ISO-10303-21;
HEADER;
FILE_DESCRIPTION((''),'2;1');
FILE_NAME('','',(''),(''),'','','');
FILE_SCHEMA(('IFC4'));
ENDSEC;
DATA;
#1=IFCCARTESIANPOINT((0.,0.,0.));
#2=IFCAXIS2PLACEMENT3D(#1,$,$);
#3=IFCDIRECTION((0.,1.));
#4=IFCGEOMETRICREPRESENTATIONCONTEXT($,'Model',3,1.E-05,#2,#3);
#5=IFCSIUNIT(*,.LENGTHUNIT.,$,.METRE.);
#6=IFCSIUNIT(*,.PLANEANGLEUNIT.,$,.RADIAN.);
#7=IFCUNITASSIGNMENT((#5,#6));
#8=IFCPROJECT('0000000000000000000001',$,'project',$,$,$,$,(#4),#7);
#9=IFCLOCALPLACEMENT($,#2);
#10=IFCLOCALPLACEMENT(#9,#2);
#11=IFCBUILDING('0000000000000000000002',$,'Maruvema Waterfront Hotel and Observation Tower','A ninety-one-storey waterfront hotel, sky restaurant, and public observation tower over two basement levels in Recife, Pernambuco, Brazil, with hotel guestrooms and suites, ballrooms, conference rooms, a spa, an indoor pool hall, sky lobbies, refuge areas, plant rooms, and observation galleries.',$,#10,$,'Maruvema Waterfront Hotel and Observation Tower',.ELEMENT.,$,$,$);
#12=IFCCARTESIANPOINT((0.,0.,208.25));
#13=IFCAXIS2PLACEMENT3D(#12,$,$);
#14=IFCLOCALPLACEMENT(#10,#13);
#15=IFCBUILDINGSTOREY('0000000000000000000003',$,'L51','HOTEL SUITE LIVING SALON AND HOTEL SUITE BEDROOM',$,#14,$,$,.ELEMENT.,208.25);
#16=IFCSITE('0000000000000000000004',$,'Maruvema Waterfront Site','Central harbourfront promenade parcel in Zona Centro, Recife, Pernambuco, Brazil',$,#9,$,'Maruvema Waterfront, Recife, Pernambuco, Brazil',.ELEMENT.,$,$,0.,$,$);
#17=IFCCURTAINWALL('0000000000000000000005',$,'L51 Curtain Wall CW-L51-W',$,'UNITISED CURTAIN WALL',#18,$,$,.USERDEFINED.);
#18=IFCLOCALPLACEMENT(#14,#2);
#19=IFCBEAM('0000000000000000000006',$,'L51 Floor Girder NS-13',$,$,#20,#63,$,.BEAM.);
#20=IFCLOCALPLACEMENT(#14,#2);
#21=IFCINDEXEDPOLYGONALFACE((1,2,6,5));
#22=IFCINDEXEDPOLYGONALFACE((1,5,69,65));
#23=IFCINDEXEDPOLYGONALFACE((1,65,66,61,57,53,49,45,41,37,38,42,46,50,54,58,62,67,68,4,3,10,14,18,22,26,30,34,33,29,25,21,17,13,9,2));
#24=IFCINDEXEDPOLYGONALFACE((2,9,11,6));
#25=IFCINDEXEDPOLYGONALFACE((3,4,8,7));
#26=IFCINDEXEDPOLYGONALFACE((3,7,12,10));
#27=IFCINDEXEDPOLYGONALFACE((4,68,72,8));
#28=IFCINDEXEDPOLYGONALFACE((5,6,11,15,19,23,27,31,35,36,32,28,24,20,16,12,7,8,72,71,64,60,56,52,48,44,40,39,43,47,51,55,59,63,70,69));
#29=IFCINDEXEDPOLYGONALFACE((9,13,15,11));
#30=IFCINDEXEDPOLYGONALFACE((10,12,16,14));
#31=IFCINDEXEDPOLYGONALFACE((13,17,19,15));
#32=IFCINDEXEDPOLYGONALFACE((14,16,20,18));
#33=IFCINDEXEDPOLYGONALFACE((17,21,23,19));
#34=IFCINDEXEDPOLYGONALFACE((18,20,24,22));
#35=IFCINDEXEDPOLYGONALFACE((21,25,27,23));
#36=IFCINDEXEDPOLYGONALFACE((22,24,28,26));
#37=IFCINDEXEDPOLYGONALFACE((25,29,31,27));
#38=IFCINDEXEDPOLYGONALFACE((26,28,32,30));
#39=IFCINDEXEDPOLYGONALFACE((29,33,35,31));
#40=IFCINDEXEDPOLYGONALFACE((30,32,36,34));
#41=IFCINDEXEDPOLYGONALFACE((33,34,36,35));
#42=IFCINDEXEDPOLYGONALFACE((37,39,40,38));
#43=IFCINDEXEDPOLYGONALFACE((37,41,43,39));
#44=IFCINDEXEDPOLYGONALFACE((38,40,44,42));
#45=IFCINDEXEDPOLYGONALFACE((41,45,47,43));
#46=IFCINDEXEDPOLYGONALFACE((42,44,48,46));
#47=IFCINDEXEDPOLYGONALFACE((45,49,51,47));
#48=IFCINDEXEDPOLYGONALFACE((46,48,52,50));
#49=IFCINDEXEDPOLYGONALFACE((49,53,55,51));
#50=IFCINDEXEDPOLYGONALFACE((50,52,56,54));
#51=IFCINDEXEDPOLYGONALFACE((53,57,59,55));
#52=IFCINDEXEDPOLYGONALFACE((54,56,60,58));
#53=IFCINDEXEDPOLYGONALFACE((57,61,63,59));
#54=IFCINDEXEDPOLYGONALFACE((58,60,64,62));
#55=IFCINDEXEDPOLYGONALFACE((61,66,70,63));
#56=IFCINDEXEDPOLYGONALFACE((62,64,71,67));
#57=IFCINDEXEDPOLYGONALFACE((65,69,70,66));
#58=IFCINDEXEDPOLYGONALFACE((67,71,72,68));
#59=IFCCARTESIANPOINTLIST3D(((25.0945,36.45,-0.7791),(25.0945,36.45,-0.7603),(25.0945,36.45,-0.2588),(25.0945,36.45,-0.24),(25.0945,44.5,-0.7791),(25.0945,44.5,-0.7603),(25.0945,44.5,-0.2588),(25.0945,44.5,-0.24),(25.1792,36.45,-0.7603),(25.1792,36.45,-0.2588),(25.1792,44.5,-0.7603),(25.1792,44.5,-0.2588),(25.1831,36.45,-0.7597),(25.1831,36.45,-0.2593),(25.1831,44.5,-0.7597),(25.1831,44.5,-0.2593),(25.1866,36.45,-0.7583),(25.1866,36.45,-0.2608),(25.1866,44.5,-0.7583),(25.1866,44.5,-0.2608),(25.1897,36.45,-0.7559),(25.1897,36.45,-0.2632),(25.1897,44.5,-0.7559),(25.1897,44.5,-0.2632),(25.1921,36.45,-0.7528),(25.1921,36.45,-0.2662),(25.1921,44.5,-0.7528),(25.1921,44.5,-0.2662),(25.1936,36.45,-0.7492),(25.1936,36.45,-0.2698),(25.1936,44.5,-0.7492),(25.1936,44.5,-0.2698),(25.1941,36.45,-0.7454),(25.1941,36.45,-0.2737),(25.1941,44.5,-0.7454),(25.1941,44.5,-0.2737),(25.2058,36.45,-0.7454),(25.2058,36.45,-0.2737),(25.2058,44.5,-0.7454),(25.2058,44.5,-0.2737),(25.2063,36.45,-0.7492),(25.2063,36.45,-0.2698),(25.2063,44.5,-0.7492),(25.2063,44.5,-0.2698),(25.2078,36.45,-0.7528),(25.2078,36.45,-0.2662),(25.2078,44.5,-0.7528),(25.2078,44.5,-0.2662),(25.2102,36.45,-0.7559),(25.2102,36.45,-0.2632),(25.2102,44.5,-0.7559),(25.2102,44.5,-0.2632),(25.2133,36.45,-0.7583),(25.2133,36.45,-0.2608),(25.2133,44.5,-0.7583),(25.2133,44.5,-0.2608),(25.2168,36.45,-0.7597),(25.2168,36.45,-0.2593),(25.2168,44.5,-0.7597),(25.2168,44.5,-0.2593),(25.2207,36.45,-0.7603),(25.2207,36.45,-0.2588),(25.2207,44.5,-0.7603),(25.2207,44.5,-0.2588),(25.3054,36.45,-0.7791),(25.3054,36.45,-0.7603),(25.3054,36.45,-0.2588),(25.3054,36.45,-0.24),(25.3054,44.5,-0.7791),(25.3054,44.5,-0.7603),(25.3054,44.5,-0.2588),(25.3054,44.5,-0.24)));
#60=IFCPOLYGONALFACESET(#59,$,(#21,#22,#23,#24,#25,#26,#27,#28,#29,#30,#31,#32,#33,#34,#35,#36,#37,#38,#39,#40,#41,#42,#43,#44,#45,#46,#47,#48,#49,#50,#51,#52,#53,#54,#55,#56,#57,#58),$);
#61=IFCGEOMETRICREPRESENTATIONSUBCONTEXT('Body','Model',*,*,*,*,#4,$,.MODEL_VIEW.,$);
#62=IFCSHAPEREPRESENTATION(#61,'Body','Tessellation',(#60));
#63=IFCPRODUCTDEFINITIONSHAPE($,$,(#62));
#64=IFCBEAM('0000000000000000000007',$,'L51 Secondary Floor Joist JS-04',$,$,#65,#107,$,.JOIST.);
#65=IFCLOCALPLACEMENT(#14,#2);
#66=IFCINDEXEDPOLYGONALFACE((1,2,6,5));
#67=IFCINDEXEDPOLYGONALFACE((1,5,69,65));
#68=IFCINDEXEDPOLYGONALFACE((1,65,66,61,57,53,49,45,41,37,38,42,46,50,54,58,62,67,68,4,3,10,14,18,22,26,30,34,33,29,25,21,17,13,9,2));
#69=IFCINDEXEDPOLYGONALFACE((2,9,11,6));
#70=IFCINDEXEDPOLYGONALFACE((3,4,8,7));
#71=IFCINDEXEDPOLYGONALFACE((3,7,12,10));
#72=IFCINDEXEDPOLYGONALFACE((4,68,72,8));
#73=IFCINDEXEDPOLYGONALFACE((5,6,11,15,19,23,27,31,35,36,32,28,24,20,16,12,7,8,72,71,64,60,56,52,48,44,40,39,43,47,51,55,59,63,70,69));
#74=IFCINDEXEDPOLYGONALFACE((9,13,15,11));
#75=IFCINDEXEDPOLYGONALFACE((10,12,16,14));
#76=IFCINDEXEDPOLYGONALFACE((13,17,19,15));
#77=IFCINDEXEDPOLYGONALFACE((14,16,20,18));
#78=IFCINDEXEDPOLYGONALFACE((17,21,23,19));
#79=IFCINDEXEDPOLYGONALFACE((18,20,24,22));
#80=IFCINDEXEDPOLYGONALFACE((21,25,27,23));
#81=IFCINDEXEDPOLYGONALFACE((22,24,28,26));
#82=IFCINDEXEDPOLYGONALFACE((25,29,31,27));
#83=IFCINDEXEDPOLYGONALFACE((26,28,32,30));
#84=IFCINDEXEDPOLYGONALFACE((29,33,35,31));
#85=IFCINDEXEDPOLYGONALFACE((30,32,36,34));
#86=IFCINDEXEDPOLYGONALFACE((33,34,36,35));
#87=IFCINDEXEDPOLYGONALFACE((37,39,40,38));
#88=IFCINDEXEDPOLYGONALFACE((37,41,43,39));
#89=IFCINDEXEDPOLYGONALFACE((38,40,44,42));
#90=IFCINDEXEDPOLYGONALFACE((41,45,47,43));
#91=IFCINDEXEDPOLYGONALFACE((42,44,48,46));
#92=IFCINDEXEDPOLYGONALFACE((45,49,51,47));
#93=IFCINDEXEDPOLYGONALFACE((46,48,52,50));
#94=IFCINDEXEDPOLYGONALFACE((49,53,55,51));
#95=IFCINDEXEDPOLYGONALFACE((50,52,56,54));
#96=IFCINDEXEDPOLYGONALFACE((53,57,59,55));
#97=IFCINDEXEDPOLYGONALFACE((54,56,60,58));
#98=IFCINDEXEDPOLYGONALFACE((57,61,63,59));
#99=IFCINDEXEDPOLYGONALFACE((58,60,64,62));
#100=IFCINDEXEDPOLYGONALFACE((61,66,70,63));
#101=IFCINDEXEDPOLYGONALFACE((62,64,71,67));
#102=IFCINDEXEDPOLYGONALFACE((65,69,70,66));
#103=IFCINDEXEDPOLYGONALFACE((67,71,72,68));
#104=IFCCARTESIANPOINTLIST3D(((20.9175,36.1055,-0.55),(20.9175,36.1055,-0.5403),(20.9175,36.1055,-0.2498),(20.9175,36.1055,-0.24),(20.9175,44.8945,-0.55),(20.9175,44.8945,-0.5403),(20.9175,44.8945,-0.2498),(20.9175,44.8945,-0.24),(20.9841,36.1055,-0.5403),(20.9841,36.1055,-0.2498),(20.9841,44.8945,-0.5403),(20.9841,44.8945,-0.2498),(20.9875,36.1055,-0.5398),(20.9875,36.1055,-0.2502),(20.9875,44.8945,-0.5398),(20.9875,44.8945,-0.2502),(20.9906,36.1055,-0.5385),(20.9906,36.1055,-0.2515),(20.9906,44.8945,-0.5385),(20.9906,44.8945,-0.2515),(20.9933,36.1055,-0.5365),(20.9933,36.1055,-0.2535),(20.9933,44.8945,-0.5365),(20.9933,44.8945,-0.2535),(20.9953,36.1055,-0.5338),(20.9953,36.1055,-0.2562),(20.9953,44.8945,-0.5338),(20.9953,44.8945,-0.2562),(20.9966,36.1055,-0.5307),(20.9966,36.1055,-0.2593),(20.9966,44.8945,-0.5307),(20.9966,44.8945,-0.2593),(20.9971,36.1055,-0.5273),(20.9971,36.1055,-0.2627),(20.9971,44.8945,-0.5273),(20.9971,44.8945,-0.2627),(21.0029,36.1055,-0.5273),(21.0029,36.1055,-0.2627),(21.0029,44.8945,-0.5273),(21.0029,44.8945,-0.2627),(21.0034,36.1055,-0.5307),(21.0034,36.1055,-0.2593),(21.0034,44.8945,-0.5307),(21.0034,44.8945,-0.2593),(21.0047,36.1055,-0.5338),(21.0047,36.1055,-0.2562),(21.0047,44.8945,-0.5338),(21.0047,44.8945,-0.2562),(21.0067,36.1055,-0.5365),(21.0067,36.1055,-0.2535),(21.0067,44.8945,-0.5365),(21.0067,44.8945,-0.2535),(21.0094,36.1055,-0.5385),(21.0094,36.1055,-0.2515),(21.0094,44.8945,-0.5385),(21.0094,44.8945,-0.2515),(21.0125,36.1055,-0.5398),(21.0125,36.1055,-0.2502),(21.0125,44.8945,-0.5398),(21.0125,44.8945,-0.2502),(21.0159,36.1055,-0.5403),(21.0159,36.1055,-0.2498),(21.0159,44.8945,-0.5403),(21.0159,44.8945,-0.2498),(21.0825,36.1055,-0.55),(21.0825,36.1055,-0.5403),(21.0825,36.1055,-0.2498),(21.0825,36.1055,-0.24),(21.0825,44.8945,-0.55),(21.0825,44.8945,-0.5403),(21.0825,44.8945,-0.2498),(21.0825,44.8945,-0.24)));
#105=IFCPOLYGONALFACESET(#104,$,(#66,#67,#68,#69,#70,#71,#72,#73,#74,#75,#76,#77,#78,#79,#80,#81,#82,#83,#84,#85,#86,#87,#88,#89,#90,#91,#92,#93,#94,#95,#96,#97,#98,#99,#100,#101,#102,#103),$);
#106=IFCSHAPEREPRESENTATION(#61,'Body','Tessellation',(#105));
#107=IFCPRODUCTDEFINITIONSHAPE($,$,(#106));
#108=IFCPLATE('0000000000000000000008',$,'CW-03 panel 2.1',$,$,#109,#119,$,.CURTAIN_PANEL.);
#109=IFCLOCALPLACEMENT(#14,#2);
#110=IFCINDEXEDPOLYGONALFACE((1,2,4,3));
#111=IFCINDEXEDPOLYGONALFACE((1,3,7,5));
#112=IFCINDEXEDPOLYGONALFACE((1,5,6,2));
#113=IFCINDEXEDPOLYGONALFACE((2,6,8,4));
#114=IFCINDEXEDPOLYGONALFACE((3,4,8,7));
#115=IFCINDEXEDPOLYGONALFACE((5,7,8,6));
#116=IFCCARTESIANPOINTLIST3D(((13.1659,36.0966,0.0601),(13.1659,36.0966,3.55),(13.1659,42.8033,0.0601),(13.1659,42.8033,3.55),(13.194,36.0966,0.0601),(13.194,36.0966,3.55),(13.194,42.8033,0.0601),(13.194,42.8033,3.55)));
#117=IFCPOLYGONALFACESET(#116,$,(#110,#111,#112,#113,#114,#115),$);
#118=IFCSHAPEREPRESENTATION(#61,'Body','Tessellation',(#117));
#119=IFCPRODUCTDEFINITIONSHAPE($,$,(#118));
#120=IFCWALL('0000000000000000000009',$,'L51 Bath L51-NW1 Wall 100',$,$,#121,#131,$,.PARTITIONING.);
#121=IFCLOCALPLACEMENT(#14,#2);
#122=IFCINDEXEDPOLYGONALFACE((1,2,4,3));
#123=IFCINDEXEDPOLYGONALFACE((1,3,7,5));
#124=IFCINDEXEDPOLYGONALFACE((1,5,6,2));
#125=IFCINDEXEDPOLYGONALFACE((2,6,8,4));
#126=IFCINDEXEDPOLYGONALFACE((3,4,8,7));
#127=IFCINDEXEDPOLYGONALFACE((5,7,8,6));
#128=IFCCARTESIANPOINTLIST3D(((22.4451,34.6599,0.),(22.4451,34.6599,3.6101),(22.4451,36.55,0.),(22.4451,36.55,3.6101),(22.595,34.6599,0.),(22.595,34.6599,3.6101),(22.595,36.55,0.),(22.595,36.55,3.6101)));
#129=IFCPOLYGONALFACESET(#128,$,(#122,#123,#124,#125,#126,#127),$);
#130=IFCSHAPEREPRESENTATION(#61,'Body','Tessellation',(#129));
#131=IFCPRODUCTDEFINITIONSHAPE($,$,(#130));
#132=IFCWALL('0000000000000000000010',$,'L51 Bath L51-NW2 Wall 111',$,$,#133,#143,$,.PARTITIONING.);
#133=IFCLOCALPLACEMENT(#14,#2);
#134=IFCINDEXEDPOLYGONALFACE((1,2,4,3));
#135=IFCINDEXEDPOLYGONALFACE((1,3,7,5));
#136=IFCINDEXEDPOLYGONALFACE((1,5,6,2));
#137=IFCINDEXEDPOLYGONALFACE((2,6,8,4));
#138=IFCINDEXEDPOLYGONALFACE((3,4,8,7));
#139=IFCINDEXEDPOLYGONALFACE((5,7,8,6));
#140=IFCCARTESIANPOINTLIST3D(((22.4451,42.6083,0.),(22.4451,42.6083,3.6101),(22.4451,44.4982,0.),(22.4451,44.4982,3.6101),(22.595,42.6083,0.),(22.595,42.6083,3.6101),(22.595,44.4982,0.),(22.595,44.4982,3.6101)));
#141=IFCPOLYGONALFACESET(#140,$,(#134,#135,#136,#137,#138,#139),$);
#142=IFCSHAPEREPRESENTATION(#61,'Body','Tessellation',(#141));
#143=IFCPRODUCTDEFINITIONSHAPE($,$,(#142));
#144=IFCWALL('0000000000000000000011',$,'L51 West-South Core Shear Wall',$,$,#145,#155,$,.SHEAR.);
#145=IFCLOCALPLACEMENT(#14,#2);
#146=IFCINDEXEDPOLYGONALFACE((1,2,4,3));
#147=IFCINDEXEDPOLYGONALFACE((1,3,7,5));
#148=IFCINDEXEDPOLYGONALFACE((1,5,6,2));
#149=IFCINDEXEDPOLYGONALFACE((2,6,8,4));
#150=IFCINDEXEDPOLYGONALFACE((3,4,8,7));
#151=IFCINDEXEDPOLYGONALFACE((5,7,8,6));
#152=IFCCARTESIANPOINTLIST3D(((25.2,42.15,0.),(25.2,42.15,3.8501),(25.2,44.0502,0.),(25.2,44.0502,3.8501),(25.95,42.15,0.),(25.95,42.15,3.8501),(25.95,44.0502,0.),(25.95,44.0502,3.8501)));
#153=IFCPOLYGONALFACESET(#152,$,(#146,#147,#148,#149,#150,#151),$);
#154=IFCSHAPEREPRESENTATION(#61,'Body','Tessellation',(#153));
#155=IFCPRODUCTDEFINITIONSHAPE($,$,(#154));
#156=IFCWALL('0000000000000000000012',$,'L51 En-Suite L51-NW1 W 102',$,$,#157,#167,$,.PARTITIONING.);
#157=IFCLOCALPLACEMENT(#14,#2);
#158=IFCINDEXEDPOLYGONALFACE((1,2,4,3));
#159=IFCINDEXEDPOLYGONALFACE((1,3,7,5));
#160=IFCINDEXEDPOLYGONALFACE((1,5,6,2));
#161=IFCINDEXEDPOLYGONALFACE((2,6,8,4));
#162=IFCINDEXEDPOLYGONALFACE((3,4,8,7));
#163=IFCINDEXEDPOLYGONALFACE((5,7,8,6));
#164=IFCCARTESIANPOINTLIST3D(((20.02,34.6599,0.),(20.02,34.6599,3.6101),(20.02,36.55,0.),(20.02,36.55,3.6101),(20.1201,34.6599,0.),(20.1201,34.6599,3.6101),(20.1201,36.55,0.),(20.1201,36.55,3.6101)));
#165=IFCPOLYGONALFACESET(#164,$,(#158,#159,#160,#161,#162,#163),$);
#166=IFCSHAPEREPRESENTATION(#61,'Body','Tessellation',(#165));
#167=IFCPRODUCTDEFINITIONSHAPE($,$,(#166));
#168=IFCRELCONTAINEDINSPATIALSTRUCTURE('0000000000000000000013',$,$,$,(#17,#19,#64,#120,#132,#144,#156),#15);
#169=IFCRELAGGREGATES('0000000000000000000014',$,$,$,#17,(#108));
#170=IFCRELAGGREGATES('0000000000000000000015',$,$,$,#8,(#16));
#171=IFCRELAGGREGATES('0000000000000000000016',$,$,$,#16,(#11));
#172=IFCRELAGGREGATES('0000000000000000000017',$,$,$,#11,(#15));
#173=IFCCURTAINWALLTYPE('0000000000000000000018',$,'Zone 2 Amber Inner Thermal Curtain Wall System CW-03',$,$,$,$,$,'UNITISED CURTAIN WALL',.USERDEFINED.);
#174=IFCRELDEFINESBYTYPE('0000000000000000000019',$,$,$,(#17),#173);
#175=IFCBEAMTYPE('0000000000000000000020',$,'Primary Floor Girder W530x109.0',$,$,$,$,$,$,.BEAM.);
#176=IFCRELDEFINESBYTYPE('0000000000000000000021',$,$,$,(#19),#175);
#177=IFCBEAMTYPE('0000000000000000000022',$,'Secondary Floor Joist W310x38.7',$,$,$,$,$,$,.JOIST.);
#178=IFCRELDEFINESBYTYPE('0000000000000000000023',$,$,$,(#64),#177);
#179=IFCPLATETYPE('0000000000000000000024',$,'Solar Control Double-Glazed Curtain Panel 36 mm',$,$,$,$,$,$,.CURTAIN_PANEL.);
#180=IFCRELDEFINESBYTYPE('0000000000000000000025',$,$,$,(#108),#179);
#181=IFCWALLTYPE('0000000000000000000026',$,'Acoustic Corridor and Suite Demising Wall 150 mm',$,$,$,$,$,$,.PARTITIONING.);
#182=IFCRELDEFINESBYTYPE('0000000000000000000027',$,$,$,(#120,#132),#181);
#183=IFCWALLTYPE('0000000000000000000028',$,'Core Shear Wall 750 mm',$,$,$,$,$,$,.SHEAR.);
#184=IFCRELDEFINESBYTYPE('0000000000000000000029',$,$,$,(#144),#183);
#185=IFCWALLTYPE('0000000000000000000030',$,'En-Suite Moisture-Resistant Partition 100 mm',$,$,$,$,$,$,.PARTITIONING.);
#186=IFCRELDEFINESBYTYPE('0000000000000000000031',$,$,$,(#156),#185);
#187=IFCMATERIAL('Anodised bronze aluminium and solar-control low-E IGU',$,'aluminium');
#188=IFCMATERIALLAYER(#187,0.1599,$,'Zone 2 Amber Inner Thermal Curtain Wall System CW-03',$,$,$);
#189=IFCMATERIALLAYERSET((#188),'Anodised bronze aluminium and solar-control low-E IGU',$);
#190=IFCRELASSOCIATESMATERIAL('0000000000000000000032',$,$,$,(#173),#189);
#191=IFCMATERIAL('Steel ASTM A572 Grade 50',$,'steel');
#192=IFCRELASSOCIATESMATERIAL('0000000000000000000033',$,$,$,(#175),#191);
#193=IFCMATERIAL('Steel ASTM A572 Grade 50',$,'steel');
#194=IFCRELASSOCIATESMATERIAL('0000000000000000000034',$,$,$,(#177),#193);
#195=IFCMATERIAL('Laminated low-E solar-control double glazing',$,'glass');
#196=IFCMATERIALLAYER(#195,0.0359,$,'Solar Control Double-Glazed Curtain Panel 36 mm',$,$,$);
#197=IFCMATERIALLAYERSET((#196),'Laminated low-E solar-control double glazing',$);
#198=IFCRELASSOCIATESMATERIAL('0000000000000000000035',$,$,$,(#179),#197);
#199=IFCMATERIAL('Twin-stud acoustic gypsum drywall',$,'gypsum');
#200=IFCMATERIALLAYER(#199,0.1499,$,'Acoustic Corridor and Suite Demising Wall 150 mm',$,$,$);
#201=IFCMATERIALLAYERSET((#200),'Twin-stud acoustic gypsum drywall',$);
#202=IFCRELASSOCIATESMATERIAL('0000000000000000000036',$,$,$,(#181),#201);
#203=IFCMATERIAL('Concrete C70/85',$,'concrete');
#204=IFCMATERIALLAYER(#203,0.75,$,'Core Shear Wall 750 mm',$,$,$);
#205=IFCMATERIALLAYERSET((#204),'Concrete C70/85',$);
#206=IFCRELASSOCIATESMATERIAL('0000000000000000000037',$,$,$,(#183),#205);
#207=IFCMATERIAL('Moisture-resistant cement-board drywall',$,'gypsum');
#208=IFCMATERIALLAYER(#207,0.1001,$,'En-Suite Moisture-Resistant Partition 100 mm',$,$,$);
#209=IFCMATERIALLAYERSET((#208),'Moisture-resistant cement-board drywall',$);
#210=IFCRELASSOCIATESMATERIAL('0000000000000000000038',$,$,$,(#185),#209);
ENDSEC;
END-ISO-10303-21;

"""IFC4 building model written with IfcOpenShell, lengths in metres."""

from ifc_helpers import new_model, si_unit, direction, frame, frame_2d, origin, origin_2d, place, context, subcontext, project, spatial, rectangle, i_section, extrude, material, layer, layer_set, material_profile, profile_set, type_object, element, aggregate, save


model = new_model("IFC4")

# Units and contexts
model_context = context("Model", 3, precision=1e-05, world=origin(), true_north=direction((0.0, 1.0)))
body_context = subcontext(model_context, "Body", "Model", "MODEL_VIEW")
ifc_project = project(units=[si_unit("LENGTHUNIT", "METRE"), si_unit("PLANEANGLEUNIT", "RADIAN")], contexts=[model_context])

# Site, building, storey
site_placement = place(None, origin())
site = spatial("IfcSite", under=ifc_project, at=site_placement, Name="Maruvema Waterfront Site", Description="Central harbourfront promenade parcel in Zona Centro, Recife, Pernambuco, Brazil", LongName="Maruvema Waterfront, Recife, Pernambuco, Brazil", CompositionType="ELEMENT", RefElevation=0.0)
building_placement = place(site_placement, origin())
building = spatial("IfcBuilding", under=site, at=building_placement, Name="Maruvema Waterfront Hotel and Observation Tower", Description="A ninety-one-storey waterfront hotel, sky restaurant, and public observation tower over two basement levels in Recife, Pernambuco, Brazil, with hotel guestrooms and suites, ballrooms, conference rooms, a spa, an indoor pool hall, sky lobbies, refuge areas, plant rooms, and observation galleries.", LongName="Maruvema Waterfront Hotel and Observation Tower", CompositionType="ELEMENT")
storey_placement = place(building_placement, frame((0.0, 0.0, 208.25)))
storey = spatial("IfcBuildingStorey", under=building, at=storey_placement, Name="L51", Description="HOTEL SUITE LIVING SALON AND HOTEL SUITE BEDROOM", CompositionType="ELEMENT", Elevation=208.25)

# Curtain wall
ifc_material_1 = material(Name="Anodised bronze aluminium and solar-control low-E IGU", Category="aluminium")
ifc_layer_1 = layer(ifc_material_1, 0.1599, Name="Zone 2 Amber Inner Thermal Curtain Wall System CW-03")
ifc_layer_set_1 = layer_set([ifc_layer_1], Name="Anodised bronze aluminium and solar-control low-E IGU")
curtain_wall_type = type_object("IfcCurtainWallType", Name="Zone 2 Amber Inner Thermal Curtain Wall System CW-03", ElementType="UNITISED CURTAIN WALL", PredefinedType="USERDEFINED", material=ifc_layer_set_1)
curtain_wall_placement = place(storey_placement, origin())
curtain_wall = element("IfcCurtainWall", 1, at=curtain_wall_placement, inside=storey, type_object=curtain_wall_type, Name="L51 Curtain Wall CW-L51-W", ObjectType="UNITISED CURTAIN WALL", PredefinedType="USERDEFINED")

# Beams
ifc_material_2 = material(Name="Steel ASTM A572 Grade 50", Category="steel")
ifc_material_profile_1 = material_profile(ifc_material_2, i_section(OverallWidth=0.2109, OverallDepth=0.5391, WebThickness=0.0117, FlangeThickness=0.0188, FilletRadius=0.0149, at=origin_2d()), Name="W530x109.0")
ifc_profile_set_1 = profile_set([ifc_material_profile_1], Name="Steel ASTM A572 Grade 50")
beam_type_1 = type_object("IfcBeamType", Name="Primary Floor Girder W530x109.0", PredefinedType="BEAM", material=ifc_profile_set_1)
beam_1_placement = place(storey_placement, frame((25.2, 36.45, -0.5095), z_axis=(0.0, 1.0, 0.0), x_axis=(-1.0, 0.0, 0.0)))
element("IfcBeam", 2, at=beam_1_placement, inside=storey, type_object=beam_type_1, Name="L51 Floor Girder NS-13", PredefinedType="BEAM", context=body_context, shape_type="SweptSolid", body=[
    extrude(i_section(OverallWidth=0.2109, OverallDepth=0.5391, WebThickness=0.0117, FlangeThickness=0.0188, FilletRadius=0.0149, at=origin_2d()), origin(), (0.0, 0.0, 1.0), 8.05),
])
ifc_material_3 = material(Name="Steel ASTM A572 Grade 50", Category="steel")
ifc_material_profile_2 = material_profile(ifc_material_3, i_section(OverallWidth=0.165, OverallDepth=0.3101, WebThickness=0.0059, FlangeThickness=0.0098, FilletRadius=0.0129, at=origin_2d()), Name="W310x38.7")
ifc_profile_set_2 = profile_set([ifc_material_profile_2], Name="Steel ASTM A572 Grade 50")
beam_type_2 = type_object("IfcBeamType", Name="Secondary Floor Joist W310x38.7", PredefinedType="JOIST", material=ifc_profile_set_2)
beam_2_placement = place(storey_placement, frame((21.0, 36.1055, -0.395), z_axis=(0.0, 1.0, 0.0), x_axis=(-1.0, 0.0, 0.0)))
element("IfcBeam", 3, at=beam_2_placement, inside=storey, type_object=beam_type_2, Name="L51 Secondary Floor Joist JS-04", PredefinedType="JOIST", context=body_context, shape_type="SweptSolid", body=[
    extrude(i_section(OverallWidth=0.165, OverallDepth=0.3101, WebThickness=0.0059, FlangeThickness=0.0098, FilletRadius=0.0129, at=origin_2d()), origin(), (0.0, 0.0, 1.0), 8.7891),
])

# Plate
ifc_material_4 = material(Name="Laminated low-E solar-control double glazing", Category="glass")
ifc_layer_2 = layer(ifc_material_4, 0.0359, Name="Solar Control Double-Glazed Curtain Panel 36 mm")
ifc_layer_set_2 = layer_set([ifc_layer_2], Name="Laminated low-E solar-control double glazing")
plate_type = type_object("IfcPlateType", Name="Solar Control Double-Glazed Curtain Panel 36 mm", PredefinedType="CURTAIN_PANEL", material=ifc_layer_set_2)
plate_placement = place(storey_placement, frame((13.1799, 39.45, 0.0601), z_axis=(0.0, 0.0, 1.0), x_axis=(0.0, -1.0, 0.0)))
plate = element("IfcPlate", 4, at=plate_placement, type_object=plate_type, Name="CW-03 panel 2.1", PredefinedType="CURTAIN_PANEL", context=body_context, shape_type="SweptSolid", body=[
    extrude(rectangle(XDim=6.7068, YDim=0.0281, at=origin_2d()), origin(), (0.0, 0.0, 1.0), 3.49),
])
aggregate(curtain_wall, [plate])

# Wall
ifc_material_5 = material(Name="Twin-stud acoustic gypsum drywall", Category="gypsum")
ifc_layer_3 = layer(ifc_material_5, 0.1499, Name="Acoustic Corridor and Suite Demising Wall 150 mm")
ifc_layer_set_3 = layer_set([ifc_layer_3], Name="Twin-stud acoustic gypsum drywall")
wall_type_1 = type_object("IfcWallType", Name="Acoustic Corridor and Suite Demising Wall 150 mm", PredefinedType="PARTITIONING", material=ifc_layer_set_3)
wall_1_placement = place(storey_placement, frame((22.52, 34.6599, 0.0), z_axis=(0.0, 0.0, 1.0), x_axis=(0.0, 1.0, 0.0)))
element("IfcWall", 5, at=wall_1_placement, inside=storey, type_object=wall_type_1, Name="L51 Bath L51-NW1 Wall 100", PredefinedType="PARTITIONING", context=body_context, shape_type="SweptSolid", body=[
    extrude(rectangle(XDim=1.8901, YDim=0.1499, at=frame_2d((0.9451, 0.0))), origin(), (0.0, 0.0, 1.0), 3.6101),
])

# Wall
wall_2_placement = place(storey_placement, frame((22.52, 42.6084, 0.0), z_axis=(0.0, 0.0, 1.0), x_axis=(0.0, 1.0, 0.0)))
element("IfcWall", 6, at=wall_2_placement, inside=storey, type_object=wall_type_1, Name="L51 Bath L51-NW2 Wall 111", PredefinedType="PARTITIONING", context=body_context, shape_type="SweptSolid", body=[
    extrude(rectangle(XDim=1.8899, YDim=0.1499, at=frame_2d((0.9448, 0.0))), origin(), (0.0, 0.0, 1.0), 3.6101),
])

# Shared definitions
ifc_material_6 = material(Name="Concrete C70/85", Category="concrete")
ifc_layer_4 = layer(ifc_material_6, 0.75, Name="Core Shear Wall 750 mm")
ifc_layer_set_4 = layer_set([ifc_layer_4], Name="Concrete C70/85")
wall_type_2 = type_object("IfcWallType", Name="Core Shear Wall 750 mm", PredefinedType="SHEAR", material=ifc_layer_set_4)

# Walls
wall_3_placement = place(storey_placement, frame((25.575, 42.1499, 0.0), z_axis=(0.0, 0.0, 1.0), x_axis=(0.0, 1.0, 0.0)))
element("IfcWall", 7, at=wall_3_placement, inside=storey, type_object=wall_type_2, Name="L51 West-South Core Shear Wall", PredefinedType="SHEAR", context=body_context, shape_type="SweptSolid", body=[
    extrude(rectangle(XDim=1.9001, YDim=0.75, at=frame_2d((0.9502, 0.0))), origin(), (0.0, 0.0, 1.0), 3.8501),
])
ifc_material_7 = material(Name="Moisture-resistant cement-board drywall", Category="gypsum")
ifc_layer_5 = layer(ifc_material_7, 0.1001, Name="En-Suite Moisture-Resistant Partition 100 mm")
ifc_layer_set_5 = layer_set([ifc_layer_5], Name="Moisture-resistant cement-board drywall")
wall_type_3 = type_object("IfcWallType", Name="En-Suite Moisture-Resistant Partition 100 mm", PredefinedType="PARTITIONING", material=ifc_layer_set_5)
wall_4_placement = place(storey_placement, frame((20.0701, 34.6599, 0.0), z_axis=(0.0, 0.0, 1.0), x_axis=(0.0, 1.0, 0.0)))
element("IfcWall", 8, at=wall_4_placement, inside=storey, type_object=wall_type_3, Name="L51 En-Suite L51-NW1 W 102", PredefinedType="PARTITIONING", context=body_context, shape_type="SweptSolid", body=[
    extrude(rectangle(XDim=1.8901, YDim=0.1001, at=frame_2d((0.9451, 0.0))), origin(), (0.0, 0.0, 1.0), 3.6101),
])

save(model, "model.ifc")
